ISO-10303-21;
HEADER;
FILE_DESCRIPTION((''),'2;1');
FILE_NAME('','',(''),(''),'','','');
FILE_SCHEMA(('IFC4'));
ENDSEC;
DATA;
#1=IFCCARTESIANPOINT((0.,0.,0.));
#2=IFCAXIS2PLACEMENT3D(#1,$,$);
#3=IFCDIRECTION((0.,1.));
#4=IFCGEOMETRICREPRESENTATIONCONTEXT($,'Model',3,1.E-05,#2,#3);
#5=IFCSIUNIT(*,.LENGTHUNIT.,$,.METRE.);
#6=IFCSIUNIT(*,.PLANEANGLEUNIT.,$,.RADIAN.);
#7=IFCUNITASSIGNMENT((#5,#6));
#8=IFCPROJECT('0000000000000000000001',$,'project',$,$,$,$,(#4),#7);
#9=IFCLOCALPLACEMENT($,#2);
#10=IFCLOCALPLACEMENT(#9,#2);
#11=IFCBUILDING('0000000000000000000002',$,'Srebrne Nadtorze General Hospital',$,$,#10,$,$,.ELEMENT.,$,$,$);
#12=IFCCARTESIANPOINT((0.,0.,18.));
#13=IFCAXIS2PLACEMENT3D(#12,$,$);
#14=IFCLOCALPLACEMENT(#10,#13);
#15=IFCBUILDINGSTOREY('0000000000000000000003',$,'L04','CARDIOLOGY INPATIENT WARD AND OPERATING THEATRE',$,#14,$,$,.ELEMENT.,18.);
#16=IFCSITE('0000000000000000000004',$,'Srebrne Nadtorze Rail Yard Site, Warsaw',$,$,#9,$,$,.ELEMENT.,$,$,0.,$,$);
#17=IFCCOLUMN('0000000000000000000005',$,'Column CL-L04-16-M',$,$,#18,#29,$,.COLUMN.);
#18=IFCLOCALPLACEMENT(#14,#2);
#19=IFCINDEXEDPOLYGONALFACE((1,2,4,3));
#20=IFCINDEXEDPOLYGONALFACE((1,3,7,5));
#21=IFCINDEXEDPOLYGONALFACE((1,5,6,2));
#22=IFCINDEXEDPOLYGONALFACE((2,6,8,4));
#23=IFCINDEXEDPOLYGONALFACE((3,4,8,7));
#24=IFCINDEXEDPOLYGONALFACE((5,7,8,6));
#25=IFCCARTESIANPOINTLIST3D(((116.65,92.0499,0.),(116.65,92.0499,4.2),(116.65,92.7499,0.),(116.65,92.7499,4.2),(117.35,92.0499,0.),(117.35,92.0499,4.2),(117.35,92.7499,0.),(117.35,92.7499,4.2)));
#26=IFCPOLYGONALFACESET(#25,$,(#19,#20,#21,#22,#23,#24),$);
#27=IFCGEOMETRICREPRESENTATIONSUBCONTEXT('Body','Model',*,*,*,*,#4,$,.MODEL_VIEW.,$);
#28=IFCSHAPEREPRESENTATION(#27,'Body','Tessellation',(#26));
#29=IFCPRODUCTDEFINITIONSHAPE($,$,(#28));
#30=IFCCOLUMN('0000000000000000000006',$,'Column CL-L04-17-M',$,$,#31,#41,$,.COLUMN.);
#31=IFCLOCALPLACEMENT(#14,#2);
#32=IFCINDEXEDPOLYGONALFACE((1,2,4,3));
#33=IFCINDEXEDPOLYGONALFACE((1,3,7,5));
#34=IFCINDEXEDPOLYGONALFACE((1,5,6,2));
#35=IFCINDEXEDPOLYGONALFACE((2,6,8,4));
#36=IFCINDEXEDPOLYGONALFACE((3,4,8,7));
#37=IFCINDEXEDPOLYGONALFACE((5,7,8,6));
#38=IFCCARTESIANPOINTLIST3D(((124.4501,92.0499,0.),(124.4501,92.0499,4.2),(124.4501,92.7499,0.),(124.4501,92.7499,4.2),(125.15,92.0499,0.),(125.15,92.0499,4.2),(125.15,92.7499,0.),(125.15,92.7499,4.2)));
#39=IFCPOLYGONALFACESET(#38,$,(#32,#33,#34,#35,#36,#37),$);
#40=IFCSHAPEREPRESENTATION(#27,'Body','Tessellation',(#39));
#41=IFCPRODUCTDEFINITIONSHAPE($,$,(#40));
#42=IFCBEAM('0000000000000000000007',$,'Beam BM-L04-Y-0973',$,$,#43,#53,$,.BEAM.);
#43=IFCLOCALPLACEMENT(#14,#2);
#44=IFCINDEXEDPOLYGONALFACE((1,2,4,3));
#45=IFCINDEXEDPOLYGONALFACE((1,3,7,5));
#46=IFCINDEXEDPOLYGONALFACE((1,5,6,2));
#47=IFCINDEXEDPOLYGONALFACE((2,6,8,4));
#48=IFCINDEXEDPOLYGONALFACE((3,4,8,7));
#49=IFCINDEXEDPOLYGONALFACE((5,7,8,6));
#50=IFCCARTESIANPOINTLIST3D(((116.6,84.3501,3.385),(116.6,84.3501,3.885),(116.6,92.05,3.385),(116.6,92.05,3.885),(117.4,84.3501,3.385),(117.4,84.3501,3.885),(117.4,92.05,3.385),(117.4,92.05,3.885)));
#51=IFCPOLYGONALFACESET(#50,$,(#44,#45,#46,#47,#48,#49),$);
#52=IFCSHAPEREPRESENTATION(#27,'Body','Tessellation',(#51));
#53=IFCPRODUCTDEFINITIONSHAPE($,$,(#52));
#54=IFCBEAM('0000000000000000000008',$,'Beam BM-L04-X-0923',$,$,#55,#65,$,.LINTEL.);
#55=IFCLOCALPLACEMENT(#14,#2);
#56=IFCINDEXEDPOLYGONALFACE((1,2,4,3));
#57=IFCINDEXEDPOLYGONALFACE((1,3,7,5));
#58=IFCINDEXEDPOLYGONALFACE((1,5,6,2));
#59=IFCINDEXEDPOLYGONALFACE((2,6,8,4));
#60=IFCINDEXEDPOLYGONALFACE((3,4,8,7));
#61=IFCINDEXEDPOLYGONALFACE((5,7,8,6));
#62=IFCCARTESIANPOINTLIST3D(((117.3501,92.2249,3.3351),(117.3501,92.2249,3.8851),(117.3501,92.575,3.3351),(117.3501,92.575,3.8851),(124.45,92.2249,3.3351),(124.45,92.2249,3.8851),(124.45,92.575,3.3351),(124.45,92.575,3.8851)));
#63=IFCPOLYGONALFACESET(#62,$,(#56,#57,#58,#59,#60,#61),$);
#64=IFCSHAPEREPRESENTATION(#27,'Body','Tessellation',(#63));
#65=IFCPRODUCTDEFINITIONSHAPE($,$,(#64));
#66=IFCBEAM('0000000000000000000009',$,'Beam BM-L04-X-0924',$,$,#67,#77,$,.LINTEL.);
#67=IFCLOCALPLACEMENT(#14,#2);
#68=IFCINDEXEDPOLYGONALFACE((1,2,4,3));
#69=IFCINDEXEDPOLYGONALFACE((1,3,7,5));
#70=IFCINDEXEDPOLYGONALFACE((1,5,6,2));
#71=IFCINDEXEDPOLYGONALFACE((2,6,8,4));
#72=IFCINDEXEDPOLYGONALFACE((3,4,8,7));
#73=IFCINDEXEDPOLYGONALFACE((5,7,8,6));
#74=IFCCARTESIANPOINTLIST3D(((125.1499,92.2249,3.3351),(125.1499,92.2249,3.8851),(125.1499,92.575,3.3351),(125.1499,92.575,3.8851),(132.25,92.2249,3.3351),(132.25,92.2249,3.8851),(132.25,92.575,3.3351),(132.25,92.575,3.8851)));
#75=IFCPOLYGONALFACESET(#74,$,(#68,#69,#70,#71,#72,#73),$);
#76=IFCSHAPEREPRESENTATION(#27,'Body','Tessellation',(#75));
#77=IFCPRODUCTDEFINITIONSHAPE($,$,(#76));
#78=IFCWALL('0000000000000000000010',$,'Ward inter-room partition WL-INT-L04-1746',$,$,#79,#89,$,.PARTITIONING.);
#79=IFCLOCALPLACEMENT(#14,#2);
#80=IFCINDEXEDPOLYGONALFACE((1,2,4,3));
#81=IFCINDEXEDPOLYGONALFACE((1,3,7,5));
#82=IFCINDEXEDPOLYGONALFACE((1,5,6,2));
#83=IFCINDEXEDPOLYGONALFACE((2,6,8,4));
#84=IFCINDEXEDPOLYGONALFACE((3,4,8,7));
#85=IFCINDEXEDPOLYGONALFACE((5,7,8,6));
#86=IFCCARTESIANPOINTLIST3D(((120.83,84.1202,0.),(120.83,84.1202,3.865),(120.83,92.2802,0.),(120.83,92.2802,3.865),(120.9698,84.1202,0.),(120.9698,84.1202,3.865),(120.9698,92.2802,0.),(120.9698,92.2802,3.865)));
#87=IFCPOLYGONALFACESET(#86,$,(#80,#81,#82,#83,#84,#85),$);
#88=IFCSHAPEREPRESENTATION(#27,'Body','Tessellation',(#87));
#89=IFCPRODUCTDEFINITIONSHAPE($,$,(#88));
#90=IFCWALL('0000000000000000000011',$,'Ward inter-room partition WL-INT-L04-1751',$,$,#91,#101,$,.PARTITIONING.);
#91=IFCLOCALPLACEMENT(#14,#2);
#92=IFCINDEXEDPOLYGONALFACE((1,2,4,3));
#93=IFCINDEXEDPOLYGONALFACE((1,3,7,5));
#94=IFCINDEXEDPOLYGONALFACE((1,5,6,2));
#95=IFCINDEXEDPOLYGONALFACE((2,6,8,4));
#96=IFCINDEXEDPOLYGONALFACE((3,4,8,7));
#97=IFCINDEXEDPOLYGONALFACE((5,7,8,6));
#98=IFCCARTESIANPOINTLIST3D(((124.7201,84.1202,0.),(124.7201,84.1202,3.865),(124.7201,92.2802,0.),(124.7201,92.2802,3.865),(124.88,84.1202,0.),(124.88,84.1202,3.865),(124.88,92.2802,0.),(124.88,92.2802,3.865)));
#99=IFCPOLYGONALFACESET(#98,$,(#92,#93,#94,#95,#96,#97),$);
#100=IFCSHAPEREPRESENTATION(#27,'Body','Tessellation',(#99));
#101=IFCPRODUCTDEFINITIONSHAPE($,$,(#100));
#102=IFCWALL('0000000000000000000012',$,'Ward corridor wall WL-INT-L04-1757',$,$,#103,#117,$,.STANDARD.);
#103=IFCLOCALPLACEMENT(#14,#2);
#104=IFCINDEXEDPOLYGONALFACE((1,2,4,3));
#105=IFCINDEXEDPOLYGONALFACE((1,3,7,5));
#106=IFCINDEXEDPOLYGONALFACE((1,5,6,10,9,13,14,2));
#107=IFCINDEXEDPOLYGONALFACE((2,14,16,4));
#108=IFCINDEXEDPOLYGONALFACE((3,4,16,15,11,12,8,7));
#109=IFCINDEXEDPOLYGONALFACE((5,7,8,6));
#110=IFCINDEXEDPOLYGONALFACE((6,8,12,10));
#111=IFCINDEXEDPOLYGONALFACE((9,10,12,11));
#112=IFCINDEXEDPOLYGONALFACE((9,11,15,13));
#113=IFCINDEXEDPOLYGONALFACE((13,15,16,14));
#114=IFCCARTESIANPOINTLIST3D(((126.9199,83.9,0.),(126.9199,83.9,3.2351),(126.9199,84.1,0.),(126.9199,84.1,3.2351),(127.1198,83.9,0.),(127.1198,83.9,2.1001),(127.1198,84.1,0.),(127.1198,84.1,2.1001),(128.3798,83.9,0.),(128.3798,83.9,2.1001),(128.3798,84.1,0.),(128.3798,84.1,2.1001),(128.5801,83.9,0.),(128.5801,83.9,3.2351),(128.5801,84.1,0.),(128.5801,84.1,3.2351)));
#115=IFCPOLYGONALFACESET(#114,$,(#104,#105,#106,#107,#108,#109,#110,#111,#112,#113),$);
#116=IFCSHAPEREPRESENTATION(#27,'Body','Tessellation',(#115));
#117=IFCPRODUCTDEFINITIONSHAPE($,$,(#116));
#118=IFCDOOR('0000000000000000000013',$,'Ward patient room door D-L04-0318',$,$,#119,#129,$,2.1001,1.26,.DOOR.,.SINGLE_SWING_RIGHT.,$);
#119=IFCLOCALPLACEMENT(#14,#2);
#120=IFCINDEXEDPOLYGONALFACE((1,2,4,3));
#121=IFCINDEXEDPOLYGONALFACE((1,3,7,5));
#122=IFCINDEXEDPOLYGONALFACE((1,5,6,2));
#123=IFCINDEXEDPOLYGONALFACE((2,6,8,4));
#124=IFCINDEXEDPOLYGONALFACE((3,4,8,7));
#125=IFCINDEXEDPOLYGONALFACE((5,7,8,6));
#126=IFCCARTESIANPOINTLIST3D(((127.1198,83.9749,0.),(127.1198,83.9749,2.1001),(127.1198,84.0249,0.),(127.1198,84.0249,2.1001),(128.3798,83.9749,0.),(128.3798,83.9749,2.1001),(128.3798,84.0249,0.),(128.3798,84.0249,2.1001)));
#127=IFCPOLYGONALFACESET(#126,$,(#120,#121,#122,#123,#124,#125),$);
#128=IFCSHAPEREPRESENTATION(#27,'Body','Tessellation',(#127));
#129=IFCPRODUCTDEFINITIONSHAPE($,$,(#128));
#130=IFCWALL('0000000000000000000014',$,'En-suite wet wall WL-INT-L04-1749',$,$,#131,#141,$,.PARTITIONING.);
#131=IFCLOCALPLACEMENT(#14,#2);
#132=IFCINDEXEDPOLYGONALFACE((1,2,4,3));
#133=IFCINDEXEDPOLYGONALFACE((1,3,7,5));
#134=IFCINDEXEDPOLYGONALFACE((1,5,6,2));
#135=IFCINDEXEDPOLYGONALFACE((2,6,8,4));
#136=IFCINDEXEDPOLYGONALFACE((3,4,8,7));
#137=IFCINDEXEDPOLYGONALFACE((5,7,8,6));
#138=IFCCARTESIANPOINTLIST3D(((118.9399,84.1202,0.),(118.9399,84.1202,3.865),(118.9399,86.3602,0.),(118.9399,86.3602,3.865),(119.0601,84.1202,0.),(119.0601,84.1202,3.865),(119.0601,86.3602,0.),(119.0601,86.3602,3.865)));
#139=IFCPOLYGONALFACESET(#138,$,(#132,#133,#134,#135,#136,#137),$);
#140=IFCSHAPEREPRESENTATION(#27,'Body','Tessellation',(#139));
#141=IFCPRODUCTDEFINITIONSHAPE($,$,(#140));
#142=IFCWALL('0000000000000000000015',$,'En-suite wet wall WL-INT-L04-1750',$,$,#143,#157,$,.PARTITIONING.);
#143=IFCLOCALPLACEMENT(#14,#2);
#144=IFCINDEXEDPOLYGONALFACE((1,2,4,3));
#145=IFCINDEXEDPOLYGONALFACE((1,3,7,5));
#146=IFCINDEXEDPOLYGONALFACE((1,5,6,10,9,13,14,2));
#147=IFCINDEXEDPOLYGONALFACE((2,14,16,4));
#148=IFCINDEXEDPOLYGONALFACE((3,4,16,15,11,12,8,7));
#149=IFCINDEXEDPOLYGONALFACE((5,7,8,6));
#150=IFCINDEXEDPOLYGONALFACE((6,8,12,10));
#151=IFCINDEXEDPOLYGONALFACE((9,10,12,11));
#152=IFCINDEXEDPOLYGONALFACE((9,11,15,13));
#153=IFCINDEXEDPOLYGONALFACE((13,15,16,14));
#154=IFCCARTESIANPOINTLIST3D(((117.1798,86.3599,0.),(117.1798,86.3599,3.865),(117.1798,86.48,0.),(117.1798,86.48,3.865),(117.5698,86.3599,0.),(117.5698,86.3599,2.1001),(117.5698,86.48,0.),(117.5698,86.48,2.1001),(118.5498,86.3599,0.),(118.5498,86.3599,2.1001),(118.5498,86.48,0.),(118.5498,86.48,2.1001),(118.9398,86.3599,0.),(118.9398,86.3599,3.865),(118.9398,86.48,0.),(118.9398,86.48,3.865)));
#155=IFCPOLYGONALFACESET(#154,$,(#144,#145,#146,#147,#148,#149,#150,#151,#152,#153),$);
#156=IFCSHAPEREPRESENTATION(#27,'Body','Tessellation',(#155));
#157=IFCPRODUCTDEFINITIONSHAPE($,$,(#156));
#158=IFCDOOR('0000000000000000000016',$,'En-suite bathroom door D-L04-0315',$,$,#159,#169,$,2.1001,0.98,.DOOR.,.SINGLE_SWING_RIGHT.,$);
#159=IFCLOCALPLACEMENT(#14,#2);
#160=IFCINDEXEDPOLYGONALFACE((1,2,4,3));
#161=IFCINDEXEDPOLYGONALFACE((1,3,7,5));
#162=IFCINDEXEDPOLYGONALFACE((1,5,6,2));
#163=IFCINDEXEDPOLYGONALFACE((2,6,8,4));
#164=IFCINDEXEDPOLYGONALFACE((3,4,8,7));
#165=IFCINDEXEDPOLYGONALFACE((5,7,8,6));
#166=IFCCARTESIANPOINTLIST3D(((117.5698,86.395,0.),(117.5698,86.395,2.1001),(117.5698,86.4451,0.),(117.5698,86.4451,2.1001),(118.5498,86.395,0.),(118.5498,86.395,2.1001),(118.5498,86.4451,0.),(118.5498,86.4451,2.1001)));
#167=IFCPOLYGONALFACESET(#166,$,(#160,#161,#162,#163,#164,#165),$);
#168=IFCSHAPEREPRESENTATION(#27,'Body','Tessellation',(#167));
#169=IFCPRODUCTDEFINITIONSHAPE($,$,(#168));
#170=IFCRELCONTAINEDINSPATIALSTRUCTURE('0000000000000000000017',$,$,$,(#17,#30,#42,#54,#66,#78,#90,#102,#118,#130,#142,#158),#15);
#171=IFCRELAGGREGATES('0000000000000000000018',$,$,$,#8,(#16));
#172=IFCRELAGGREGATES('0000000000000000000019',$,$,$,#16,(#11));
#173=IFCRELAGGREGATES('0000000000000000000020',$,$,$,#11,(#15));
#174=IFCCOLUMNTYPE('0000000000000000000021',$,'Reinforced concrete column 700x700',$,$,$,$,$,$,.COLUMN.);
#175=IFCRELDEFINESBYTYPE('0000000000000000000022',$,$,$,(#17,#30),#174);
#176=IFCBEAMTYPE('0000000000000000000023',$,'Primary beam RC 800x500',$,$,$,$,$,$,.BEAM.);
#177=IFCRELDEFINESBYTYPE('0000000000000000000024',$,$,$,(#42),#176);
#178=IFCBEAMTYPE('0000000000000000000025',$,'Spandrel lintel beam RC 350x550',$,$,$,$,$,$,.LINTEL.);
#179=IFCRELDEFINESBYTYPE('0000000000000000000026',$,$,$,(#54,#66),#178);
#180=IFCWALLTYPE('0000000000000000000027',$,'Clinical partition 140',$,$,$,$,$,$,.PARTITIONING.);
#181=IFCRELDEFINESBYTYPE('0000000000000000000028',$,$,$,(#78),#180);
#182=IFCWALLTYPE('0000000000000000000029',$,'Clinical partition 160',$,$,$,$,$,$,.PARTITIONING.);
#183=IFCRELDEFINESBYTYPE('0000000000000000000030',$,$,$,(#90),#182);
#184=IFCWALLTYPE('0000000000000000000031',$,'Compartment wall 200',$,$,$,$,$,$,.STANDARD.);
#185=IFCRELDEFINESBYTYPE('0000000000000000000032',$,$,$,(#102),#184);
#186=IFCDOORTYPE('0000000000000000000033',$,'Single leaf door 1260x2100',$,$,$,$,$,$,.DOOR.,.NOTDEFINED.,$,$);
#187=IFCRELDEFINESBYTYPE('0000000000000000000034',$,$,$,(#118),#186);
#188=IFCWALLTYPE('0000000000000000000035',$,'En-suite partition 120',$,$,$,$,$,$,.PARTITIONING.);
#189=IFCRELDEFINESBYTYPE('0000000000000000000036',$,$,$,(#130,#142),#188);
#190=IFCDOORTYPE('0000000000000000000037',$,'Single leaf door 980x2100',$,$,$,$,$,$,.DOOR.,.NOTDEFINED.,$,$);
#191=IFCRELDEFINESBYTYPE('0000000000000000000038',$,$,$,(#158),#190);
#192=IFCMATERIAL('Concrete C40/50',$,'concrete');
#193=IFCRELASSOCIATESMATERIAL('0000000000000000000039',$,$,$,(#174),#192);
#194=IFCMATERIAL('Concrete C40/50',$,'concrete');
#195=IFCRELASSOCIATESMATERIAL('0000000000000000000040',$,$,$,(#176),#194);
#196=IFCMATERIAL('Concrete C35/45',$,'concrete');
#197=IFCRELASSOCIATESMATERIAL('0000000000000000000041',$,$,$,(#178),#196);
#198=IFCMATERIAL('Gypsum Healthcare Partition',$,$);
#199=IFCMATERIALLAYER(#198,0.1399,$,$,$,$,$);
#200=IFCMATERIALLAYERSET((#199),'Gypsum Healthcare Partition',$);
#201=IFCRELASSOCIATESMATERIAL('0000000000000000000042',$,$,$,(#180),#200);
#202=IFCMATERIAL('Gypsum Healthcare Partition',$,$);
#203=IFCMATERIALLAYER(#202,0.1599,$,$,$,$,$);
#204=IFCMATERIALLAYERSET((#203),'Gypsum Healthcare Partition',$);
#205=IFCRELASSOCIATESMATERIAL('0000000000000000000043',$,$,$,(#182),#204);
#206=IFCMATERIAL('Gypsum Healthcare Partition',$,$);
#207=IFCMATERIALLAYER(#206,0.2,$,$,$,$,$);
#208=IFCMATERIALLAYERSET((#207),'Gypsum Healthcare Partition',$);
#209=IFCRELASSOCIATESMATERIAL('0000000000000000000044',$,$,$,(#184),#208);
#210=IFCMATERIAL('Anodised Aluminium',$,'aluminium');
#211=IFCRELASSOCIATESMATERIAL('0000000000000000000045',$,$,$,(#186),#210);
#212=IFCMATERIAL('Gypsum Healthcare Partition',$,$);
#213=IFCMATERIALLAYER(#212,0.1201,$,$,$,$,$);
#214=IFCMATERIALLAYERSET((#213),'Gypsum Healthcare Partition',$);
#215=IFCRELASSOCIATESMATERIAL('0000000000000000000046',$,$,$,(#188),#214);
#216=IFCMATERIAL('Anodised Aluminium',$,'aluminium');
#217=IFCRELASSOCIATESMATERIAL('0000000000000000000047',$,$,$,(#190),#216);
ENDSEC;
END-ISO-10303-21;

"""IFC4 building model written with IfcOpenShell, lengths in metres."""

from ifc_helpers import new_model, si_unit, direction, frame, frame_2d, origin, origin_2d, place, context, subcontext, project, spatial, rectangle, extrude, material, layer, layer_set, material_profile, profile_set, type_object, element, fill, save


model = new_model("IFC4")

# Units and contexts
model_context = context("Model", 3, precision=1e-05, world=origin(), true_north=direction((0.0, 1.0)))
body_context = subcontext(model_context, "Body", "Model", "MODEL_VIEW")
ifc_project = project(units=[si_unit("LENGTHUNIT", "METRE"), si_unit("PLANEANGLEUNIT", "RADIAN")], contexts=[model_context])

# Site, building, storey
site_placement = place(None, origin())
site = spatial("IfcSite", under=ifc_project, at=site_placement, Name="Srebrne Nadtorze Rail Yard Site, Warsaw", CompositionType="ELEMENT", RefElevation=0.0)
building_placement = place(site_placement, origin())
building = spatial("IfcBuilding", under=site, at=building_placement, Name="Srebrne Nadtorze General Hospital", CompositionType="ELEMENT")
storey_placement = place(building_placement, frame((0.0, 0.0, 18.0)))
storey = spatial("IfcBuildingStorey", under=building, at=storey_placement, Name="L04", Description="CARDIOLOGY INPATIENT WARD AND OPERATING THEATRE", CompositionType="ELEMENT", Elevation=18.0)

# Columns
ifc_material_1 = material(Name="Concrete C40/50", Category="concrete")
ifc_material_profile_1 = material_profile(ifc_material_1, rectangle(XDim=0.7, YDim=0.7, at=origin_2d()), Name="RC-COL-700x700")
ifc_profile_set_1 = profile_set([ifc_material_profile_1], Name="Concrete C40/50")
column_type = type_object("IfcColumnType", Name="Reinforced concrete column 700x700", PredefinedType="COLUMN", material=ifc_profile_set_1)
for number, where, z_axis, x_axis, name in (
    (1, (117.0, 92.3999, 0.0), (0.0, 0.0, 1.0), (1.0, 0.0, 0.0), "Column CL-L04-16-M"),
    (2, (124.8, 92.3999, 0.0), (0.0, 0.0, 1.0), (1.0, 0.0, 0.0), "Column CL-L04-17-M"),
):
    element("IfcColumn", number, at=place(storey_placement, frame(where, z_axis=z_axis, x_axis=x_axis)), inside=storey, type_object=column_type, Name=name, PredefinedType="COLUMN", context=body_context, shape_type="SweptSolid", body=[
        extrude(rectangle(XDim=0.7, YDim=0.7, at=origin_2d()), origin(), (0.0, 0.0, 1.0), 4.2),
    ])

# Beams
ifc_material_2 = material(Name="Concrete C40/50", Category="concrete")
ifc_material_profile_2 = material_profile(ifc_material_2, rectangle(XDim=0.8, YDim=0.5, at=origin_2d()), Name="RC-BM-800x500")
ifc_profile_set_2 = profile_set([ifc_material_profile_2], Name="Concrete C40/50")
beam_type_1 = type_object("IfcBeamType", Name="Primary beam RC 800x500", PredefinedType="BEAM", material=ifc_profile_set_2)
beam_1_placement = place(storey_placement, frame((117.0, 84.3501, 3.635), z_axis=(0.0, 1.0, 0.0), x_axis=(-1.0, 0.0, 0.0)))
element("IfcBeam", 3, at=beam_1_placement, inside=storey, type_object=beam_type_1, Name="Beam BM-L04-Y-0973", PredefinedType="BEAM", context=body_context, shape_type="SweptSolid", body=[
    extrude(rectangle(XDim=0.8, YDim=0.5, at=origin_2d()), origin(), (0.0, 0.0, 1.0), 7.7),
])
ifc_material_3 = material(Name="Concrete C35/45", Category="concrete")
ifc_material_profile_3 = material_profile(ifc_material_3, rectangle(XDim=0.3501, YDim=0.55, at=origin_2d()), Name="RC-BM-350x550")
ifc_profile_set_3 = profile_set([ifc_material_profile_3], Name="Concrete C35/45")
beam_type_2 = type_object("IfcBeamType", Name="Spandrel lintel beam RC 350x550", PredefinedType="LINTEL", material=ifc_profile_set_3)
beam_2_placement = place(storey_placement, frame((117.3501, 92.3999, 3.6101), z_axis=(1.0, 0.0, 0.0), x_axis=(0.0, 1.0, 0.0)))
element("IfcBeam", 4, at=beam_2_placement, inside=storey, type_object=beam_type_2, Name="Beam BM-L04-X-0923", PredefinedType="LINTEL", context=body_context, shape_type="SweptSolid", body=[
    extrude(rectangle(XDim=0.3501, YDim=0.55, at=origin_2d()), origin(), (0.0, 0.0, 1.0), 7.0999),
])
beam_3_placement = place(storey_placement, frame((125.1499, 92.3999, 3.6101), z_axis=(1.0, 0.0, 0.0), x_axis=(0.0, 1.0, 0.0)))
element("IfcBeam", 5, at=beam_3_placement, inside=storey, type_object=beam_type_2, Name="Beam BM-L04-X-0924", PredefinedType="LINTEL", context=body_context, shape_type="SweptSolid", body=[
    extrude(rectangle(XDim=0.3501, YDim=0.55, at=origin_2d()), origin(), (0.0, 0.0, 1.0), 7.1001),
])

# Walls
ifc_material_4 = material(Name="Gypsum Healthcare Partition")
ifc_layer_1 = layer(ifc_material_4, 0.1399)
ifc_layer_set_1 = layer_set([ifc_layer_1], Name="Gypsum Healthcare Partition")
wall_type_1 = type_object("IfcWallType", Name="Clinical partition 140", PredefinedType="PARTITIONING", material=ifc_layer_set_1)
wall_1_placement = place(storey_placement, frame((120.8999, 84.1201, 0.0), z_axis=(0.0, 0.0, 1.0), x_axis=(0.0, 1.0, 0.0)))
element("IfcWall", 6, at=wall_1_placement, inside=storey, type_object=wall_type_1, Name="Ward inter-room partition WL-INT-L04-1746", PredefinedType="PARTITIONING", context=body_context, shape_type="SweptSolid", body=[
    extrude(rectangle(XDim=8.1599, YDim=0.1399, at=frame_2d((4.0801, 0.0))), origin(), (0.0, 0.0, 1.0), 3.865),
])
ifc_material_5 = material(Name="Gypsum Healthcare Partition")
ifc_layer_2 = layer(ifc_material_5, 0.1599)
ifc_layer_set_2 = layer_set([ifc_layer_2], Name="Gypsum Healthcare Partition")
wall_type_2 = type_object("IfcWallType", Name="Clinical partition 160", PredefinedType="PARTITIONING", material=ifc_layer_set_2)
wall_2_placement = place(storey_placement, frame((124.8, 84.1201, 0.0), z_axis=(0.0, 0.0, 1.0), x_axis=(0.0, 1.0, 0.0)))
element("IfcWall", 7, at=wall_2_placement, inside=storey, type_object=wall_type_2, Name="Ward inter-room partition WL-INT-L04-1751", PredefinedType="PARTITIONING", context=body_context, shape_type="SweptSolid", body=[
    extrude(rectangle(XDim=8.1599, YDim=0.1599, at=frame_2d((4.0801, 0.0))), origin(), (0.0, 0.0, 1.0), 3.865),
])

# Wall, opening, door
ifc_material_6 = material(Name="Gypsum Healthcare Partition")
ifc_layer_3 = layer(ifc_material_6, 0.2)
ifc_layer_set_3 = layer_set([ifc_layer_3], Name="Gypsum Healthcare Partition")
wall_type_3 = type_object("IfcWallType", Name="Compartment wall 200", PredefinedType="STANDARD", material=ifc_layer_set_3)
wall_3_placement = place(storey_placement, frame((126.9199, 84.0, 0.0), z_axis=(0.0, 0.0, 1.0), x_axis=(1.0, 0.0, 0.0)))
wall_3 = element("IfcWall", 8, at=wall_3_placement, inside=storey, type_object=wall_type_3, Name="Ward corridor wall WL-INT-L04-1757", PredefinedType="STANDARD", context=body_context, shape_type="SweptSolid", body=[
    extrude(rectangle(XDim=1.6602, YDim=0.2, at=frame_2d((0.8301, 0.0))), origin(), (0.0, 0.0, 1.0), 3.2351),
])
opening_1_placement = place(wall_3_placement, frame((0.2, 0.0, 0.0)))
opening_1 = element("IfcOpeningElement", 9, at=opening_1_placement, cuts=wall_3, PredefinedType="OPENING", context=body_context, shape_type="SweptSolid", body=[
    extrude(rectangle(XDim=1.26, YDim=2.1001, at=frame_2d((0.6299, 1.05))), frame((0.0, 0.1118, 0.0), z_axis=(0.0, -1.0, 0.0), x_axis=(1.0, 0.0, 0.0)), (0.0, 0.0, 1.0), 0.2239),
])
ifc_material_7 = material(Name="Anodised Aluminium", Category="aluminium")
door_type_1 = type_object("IfcDoorType", Name="Single leaf door 1260x2100", OperationType="NOTDEFINED", PredefinedType="DOOR", material=ifc_material_7)
door_1_placement = place(opening_1_placement, origin())
door_1 = element("IfcDoor", 10, at=door_1_placement, inside=storey, type_object=door_type_1, Name="Ward patient room door D-L04-0318", OperationType="SINGLE_SWING_RIGHT", OverallHeight=2.1001, OverallWidth=1.26, PredefinedType="DOOR", context=body_context, shape_type="SweptSolid", body=[
    extrude(rectangle(XDim=1.26, YDim=2.1001, at=frame_2d((0.6299, 1.05))), frame((0.0, 0.0249, 0.0), z_axis=(0.0, -1.0, 0.0), x_axis=(1.0, 0.0, 0.0)), (0.0, 0.0, 1.0), 0.05),
])
fill(opening_1, door_1)

# Wall
ifc_material_8 = material(Name="Gypsum Healthcare Partition")
ifc_layer_4 = layer(ifc_material_8, 0.1201)
ifc_layer_set_4 = layer_set([ifc_layer_4], Name="Gypsum Healthcare Partition")
wall_type_4 = type_object("IfcWallType", Name="En-suite partition 120", PredefinedType="PARTITIONING", material=ifc_layer_set_4)
wall_4_placement = place(storey_placement, frame((119.0, 84.1201, 0.0), z_axis=(0.0, 0.0, 1.0), x_axis=(0.0, 1.0, 0.0)))
element("IfcWall", 11, at=wall_4_placement, inside=storey, type_object=wall_type_4, Name="En-suite wet wall WL-INT-L04-1749", PredefinedType="PARTITIONING", context=body_context, shape_type="SweptSolid", body=[
    extrude(rectangle(XDim=2.24, YDim=0.1201, at=frame_2d((1.1201, 0.0))), origin(), (0.0, 0.0, 1.0), 3.865),
])

# Wall, opening, door
wall_5_placement = place(storey_placement, frame((117.1799, 86.4199, 0.0), z_axis=(0.0, 0.0, 1.0), x_axis=(1.0, 0.0, 0.0)))
wall_5 = element("IfcWall", 12, at=wall_5_placement, inside=storey, type_object=wall_type_4, Name="En-suite wet wall WL-INT-L04-1750", PredefinedType="PARTITIONING", context=body_context, shape_type="SweptSolid", body=[
    extrude(rectangle(XDim=1.76, YDim=0.1201, at=frame_2d((0.8799, 0.0))), origin(), (0.0, 0.0, 1.0), 3.865),
])
opening_2_placement = place(wall_5_placement, frame((0.3899, 0.0, 0.0)))
opening_2 = element("IfcOpeningElement", 13, at=opening_2_placement, cuts=wall_5, PredefinedType="OPENING", context=body_context, shape_type="SweptSolid", body=[
    extrude(rectangle(XDim=0.98, YDim=2.1001, at=frame_2d((0.49, 1.05))), frame((0.0, 0.072, 0.0), z_axis=(0.0, -1.0, 0.0), x_axis=(1.0, 0.0, 0.0)), (0.0, 0.0, 1.0), 0.144),
])
ifc_material_9 = material(Name="Anodised Aluminium", Category="aluminium")
door_type_2 = type_object("IfcDoorType", Name="Single leaf door 980x2100", OperationType="NOTDEFINED", PredefinedType="DOOR", material=ifc_material_9)
door_2_placement = place(opening_2_placement, frame((0.98, 0.0, 0.0), z_axis=(0.0, 0.0, 1.0), x_axis=(-1.0, 0.0, 0.0)))
door_2 = element("IfcDoor", 14, at=door_2_placement, inside=storey, type_object=door_type_2, Name="En-suite bathroom door D-L04-0315", OperationType="SINGLE_SWING_RIGHT", OverallHeight=2.1001, OverallWidth=0.98, PredefinedType="DOOR", context=body_context, shape_type="SweptSolid", body=[
    extrude(rectangle(XDim=0.98, YDim=2.1001, at=frame_2d((0.49, 1.05))), frame((0.0, 0.0249, 0.0), z_axis=(0.0, -1.0, 0.0), x_axis=(1.0, 0.0, 0.0)), (0.0, 0.0, 1.0), 0.05),
])
fill(opening_2, door_2)

save(model, "model.ifc")
